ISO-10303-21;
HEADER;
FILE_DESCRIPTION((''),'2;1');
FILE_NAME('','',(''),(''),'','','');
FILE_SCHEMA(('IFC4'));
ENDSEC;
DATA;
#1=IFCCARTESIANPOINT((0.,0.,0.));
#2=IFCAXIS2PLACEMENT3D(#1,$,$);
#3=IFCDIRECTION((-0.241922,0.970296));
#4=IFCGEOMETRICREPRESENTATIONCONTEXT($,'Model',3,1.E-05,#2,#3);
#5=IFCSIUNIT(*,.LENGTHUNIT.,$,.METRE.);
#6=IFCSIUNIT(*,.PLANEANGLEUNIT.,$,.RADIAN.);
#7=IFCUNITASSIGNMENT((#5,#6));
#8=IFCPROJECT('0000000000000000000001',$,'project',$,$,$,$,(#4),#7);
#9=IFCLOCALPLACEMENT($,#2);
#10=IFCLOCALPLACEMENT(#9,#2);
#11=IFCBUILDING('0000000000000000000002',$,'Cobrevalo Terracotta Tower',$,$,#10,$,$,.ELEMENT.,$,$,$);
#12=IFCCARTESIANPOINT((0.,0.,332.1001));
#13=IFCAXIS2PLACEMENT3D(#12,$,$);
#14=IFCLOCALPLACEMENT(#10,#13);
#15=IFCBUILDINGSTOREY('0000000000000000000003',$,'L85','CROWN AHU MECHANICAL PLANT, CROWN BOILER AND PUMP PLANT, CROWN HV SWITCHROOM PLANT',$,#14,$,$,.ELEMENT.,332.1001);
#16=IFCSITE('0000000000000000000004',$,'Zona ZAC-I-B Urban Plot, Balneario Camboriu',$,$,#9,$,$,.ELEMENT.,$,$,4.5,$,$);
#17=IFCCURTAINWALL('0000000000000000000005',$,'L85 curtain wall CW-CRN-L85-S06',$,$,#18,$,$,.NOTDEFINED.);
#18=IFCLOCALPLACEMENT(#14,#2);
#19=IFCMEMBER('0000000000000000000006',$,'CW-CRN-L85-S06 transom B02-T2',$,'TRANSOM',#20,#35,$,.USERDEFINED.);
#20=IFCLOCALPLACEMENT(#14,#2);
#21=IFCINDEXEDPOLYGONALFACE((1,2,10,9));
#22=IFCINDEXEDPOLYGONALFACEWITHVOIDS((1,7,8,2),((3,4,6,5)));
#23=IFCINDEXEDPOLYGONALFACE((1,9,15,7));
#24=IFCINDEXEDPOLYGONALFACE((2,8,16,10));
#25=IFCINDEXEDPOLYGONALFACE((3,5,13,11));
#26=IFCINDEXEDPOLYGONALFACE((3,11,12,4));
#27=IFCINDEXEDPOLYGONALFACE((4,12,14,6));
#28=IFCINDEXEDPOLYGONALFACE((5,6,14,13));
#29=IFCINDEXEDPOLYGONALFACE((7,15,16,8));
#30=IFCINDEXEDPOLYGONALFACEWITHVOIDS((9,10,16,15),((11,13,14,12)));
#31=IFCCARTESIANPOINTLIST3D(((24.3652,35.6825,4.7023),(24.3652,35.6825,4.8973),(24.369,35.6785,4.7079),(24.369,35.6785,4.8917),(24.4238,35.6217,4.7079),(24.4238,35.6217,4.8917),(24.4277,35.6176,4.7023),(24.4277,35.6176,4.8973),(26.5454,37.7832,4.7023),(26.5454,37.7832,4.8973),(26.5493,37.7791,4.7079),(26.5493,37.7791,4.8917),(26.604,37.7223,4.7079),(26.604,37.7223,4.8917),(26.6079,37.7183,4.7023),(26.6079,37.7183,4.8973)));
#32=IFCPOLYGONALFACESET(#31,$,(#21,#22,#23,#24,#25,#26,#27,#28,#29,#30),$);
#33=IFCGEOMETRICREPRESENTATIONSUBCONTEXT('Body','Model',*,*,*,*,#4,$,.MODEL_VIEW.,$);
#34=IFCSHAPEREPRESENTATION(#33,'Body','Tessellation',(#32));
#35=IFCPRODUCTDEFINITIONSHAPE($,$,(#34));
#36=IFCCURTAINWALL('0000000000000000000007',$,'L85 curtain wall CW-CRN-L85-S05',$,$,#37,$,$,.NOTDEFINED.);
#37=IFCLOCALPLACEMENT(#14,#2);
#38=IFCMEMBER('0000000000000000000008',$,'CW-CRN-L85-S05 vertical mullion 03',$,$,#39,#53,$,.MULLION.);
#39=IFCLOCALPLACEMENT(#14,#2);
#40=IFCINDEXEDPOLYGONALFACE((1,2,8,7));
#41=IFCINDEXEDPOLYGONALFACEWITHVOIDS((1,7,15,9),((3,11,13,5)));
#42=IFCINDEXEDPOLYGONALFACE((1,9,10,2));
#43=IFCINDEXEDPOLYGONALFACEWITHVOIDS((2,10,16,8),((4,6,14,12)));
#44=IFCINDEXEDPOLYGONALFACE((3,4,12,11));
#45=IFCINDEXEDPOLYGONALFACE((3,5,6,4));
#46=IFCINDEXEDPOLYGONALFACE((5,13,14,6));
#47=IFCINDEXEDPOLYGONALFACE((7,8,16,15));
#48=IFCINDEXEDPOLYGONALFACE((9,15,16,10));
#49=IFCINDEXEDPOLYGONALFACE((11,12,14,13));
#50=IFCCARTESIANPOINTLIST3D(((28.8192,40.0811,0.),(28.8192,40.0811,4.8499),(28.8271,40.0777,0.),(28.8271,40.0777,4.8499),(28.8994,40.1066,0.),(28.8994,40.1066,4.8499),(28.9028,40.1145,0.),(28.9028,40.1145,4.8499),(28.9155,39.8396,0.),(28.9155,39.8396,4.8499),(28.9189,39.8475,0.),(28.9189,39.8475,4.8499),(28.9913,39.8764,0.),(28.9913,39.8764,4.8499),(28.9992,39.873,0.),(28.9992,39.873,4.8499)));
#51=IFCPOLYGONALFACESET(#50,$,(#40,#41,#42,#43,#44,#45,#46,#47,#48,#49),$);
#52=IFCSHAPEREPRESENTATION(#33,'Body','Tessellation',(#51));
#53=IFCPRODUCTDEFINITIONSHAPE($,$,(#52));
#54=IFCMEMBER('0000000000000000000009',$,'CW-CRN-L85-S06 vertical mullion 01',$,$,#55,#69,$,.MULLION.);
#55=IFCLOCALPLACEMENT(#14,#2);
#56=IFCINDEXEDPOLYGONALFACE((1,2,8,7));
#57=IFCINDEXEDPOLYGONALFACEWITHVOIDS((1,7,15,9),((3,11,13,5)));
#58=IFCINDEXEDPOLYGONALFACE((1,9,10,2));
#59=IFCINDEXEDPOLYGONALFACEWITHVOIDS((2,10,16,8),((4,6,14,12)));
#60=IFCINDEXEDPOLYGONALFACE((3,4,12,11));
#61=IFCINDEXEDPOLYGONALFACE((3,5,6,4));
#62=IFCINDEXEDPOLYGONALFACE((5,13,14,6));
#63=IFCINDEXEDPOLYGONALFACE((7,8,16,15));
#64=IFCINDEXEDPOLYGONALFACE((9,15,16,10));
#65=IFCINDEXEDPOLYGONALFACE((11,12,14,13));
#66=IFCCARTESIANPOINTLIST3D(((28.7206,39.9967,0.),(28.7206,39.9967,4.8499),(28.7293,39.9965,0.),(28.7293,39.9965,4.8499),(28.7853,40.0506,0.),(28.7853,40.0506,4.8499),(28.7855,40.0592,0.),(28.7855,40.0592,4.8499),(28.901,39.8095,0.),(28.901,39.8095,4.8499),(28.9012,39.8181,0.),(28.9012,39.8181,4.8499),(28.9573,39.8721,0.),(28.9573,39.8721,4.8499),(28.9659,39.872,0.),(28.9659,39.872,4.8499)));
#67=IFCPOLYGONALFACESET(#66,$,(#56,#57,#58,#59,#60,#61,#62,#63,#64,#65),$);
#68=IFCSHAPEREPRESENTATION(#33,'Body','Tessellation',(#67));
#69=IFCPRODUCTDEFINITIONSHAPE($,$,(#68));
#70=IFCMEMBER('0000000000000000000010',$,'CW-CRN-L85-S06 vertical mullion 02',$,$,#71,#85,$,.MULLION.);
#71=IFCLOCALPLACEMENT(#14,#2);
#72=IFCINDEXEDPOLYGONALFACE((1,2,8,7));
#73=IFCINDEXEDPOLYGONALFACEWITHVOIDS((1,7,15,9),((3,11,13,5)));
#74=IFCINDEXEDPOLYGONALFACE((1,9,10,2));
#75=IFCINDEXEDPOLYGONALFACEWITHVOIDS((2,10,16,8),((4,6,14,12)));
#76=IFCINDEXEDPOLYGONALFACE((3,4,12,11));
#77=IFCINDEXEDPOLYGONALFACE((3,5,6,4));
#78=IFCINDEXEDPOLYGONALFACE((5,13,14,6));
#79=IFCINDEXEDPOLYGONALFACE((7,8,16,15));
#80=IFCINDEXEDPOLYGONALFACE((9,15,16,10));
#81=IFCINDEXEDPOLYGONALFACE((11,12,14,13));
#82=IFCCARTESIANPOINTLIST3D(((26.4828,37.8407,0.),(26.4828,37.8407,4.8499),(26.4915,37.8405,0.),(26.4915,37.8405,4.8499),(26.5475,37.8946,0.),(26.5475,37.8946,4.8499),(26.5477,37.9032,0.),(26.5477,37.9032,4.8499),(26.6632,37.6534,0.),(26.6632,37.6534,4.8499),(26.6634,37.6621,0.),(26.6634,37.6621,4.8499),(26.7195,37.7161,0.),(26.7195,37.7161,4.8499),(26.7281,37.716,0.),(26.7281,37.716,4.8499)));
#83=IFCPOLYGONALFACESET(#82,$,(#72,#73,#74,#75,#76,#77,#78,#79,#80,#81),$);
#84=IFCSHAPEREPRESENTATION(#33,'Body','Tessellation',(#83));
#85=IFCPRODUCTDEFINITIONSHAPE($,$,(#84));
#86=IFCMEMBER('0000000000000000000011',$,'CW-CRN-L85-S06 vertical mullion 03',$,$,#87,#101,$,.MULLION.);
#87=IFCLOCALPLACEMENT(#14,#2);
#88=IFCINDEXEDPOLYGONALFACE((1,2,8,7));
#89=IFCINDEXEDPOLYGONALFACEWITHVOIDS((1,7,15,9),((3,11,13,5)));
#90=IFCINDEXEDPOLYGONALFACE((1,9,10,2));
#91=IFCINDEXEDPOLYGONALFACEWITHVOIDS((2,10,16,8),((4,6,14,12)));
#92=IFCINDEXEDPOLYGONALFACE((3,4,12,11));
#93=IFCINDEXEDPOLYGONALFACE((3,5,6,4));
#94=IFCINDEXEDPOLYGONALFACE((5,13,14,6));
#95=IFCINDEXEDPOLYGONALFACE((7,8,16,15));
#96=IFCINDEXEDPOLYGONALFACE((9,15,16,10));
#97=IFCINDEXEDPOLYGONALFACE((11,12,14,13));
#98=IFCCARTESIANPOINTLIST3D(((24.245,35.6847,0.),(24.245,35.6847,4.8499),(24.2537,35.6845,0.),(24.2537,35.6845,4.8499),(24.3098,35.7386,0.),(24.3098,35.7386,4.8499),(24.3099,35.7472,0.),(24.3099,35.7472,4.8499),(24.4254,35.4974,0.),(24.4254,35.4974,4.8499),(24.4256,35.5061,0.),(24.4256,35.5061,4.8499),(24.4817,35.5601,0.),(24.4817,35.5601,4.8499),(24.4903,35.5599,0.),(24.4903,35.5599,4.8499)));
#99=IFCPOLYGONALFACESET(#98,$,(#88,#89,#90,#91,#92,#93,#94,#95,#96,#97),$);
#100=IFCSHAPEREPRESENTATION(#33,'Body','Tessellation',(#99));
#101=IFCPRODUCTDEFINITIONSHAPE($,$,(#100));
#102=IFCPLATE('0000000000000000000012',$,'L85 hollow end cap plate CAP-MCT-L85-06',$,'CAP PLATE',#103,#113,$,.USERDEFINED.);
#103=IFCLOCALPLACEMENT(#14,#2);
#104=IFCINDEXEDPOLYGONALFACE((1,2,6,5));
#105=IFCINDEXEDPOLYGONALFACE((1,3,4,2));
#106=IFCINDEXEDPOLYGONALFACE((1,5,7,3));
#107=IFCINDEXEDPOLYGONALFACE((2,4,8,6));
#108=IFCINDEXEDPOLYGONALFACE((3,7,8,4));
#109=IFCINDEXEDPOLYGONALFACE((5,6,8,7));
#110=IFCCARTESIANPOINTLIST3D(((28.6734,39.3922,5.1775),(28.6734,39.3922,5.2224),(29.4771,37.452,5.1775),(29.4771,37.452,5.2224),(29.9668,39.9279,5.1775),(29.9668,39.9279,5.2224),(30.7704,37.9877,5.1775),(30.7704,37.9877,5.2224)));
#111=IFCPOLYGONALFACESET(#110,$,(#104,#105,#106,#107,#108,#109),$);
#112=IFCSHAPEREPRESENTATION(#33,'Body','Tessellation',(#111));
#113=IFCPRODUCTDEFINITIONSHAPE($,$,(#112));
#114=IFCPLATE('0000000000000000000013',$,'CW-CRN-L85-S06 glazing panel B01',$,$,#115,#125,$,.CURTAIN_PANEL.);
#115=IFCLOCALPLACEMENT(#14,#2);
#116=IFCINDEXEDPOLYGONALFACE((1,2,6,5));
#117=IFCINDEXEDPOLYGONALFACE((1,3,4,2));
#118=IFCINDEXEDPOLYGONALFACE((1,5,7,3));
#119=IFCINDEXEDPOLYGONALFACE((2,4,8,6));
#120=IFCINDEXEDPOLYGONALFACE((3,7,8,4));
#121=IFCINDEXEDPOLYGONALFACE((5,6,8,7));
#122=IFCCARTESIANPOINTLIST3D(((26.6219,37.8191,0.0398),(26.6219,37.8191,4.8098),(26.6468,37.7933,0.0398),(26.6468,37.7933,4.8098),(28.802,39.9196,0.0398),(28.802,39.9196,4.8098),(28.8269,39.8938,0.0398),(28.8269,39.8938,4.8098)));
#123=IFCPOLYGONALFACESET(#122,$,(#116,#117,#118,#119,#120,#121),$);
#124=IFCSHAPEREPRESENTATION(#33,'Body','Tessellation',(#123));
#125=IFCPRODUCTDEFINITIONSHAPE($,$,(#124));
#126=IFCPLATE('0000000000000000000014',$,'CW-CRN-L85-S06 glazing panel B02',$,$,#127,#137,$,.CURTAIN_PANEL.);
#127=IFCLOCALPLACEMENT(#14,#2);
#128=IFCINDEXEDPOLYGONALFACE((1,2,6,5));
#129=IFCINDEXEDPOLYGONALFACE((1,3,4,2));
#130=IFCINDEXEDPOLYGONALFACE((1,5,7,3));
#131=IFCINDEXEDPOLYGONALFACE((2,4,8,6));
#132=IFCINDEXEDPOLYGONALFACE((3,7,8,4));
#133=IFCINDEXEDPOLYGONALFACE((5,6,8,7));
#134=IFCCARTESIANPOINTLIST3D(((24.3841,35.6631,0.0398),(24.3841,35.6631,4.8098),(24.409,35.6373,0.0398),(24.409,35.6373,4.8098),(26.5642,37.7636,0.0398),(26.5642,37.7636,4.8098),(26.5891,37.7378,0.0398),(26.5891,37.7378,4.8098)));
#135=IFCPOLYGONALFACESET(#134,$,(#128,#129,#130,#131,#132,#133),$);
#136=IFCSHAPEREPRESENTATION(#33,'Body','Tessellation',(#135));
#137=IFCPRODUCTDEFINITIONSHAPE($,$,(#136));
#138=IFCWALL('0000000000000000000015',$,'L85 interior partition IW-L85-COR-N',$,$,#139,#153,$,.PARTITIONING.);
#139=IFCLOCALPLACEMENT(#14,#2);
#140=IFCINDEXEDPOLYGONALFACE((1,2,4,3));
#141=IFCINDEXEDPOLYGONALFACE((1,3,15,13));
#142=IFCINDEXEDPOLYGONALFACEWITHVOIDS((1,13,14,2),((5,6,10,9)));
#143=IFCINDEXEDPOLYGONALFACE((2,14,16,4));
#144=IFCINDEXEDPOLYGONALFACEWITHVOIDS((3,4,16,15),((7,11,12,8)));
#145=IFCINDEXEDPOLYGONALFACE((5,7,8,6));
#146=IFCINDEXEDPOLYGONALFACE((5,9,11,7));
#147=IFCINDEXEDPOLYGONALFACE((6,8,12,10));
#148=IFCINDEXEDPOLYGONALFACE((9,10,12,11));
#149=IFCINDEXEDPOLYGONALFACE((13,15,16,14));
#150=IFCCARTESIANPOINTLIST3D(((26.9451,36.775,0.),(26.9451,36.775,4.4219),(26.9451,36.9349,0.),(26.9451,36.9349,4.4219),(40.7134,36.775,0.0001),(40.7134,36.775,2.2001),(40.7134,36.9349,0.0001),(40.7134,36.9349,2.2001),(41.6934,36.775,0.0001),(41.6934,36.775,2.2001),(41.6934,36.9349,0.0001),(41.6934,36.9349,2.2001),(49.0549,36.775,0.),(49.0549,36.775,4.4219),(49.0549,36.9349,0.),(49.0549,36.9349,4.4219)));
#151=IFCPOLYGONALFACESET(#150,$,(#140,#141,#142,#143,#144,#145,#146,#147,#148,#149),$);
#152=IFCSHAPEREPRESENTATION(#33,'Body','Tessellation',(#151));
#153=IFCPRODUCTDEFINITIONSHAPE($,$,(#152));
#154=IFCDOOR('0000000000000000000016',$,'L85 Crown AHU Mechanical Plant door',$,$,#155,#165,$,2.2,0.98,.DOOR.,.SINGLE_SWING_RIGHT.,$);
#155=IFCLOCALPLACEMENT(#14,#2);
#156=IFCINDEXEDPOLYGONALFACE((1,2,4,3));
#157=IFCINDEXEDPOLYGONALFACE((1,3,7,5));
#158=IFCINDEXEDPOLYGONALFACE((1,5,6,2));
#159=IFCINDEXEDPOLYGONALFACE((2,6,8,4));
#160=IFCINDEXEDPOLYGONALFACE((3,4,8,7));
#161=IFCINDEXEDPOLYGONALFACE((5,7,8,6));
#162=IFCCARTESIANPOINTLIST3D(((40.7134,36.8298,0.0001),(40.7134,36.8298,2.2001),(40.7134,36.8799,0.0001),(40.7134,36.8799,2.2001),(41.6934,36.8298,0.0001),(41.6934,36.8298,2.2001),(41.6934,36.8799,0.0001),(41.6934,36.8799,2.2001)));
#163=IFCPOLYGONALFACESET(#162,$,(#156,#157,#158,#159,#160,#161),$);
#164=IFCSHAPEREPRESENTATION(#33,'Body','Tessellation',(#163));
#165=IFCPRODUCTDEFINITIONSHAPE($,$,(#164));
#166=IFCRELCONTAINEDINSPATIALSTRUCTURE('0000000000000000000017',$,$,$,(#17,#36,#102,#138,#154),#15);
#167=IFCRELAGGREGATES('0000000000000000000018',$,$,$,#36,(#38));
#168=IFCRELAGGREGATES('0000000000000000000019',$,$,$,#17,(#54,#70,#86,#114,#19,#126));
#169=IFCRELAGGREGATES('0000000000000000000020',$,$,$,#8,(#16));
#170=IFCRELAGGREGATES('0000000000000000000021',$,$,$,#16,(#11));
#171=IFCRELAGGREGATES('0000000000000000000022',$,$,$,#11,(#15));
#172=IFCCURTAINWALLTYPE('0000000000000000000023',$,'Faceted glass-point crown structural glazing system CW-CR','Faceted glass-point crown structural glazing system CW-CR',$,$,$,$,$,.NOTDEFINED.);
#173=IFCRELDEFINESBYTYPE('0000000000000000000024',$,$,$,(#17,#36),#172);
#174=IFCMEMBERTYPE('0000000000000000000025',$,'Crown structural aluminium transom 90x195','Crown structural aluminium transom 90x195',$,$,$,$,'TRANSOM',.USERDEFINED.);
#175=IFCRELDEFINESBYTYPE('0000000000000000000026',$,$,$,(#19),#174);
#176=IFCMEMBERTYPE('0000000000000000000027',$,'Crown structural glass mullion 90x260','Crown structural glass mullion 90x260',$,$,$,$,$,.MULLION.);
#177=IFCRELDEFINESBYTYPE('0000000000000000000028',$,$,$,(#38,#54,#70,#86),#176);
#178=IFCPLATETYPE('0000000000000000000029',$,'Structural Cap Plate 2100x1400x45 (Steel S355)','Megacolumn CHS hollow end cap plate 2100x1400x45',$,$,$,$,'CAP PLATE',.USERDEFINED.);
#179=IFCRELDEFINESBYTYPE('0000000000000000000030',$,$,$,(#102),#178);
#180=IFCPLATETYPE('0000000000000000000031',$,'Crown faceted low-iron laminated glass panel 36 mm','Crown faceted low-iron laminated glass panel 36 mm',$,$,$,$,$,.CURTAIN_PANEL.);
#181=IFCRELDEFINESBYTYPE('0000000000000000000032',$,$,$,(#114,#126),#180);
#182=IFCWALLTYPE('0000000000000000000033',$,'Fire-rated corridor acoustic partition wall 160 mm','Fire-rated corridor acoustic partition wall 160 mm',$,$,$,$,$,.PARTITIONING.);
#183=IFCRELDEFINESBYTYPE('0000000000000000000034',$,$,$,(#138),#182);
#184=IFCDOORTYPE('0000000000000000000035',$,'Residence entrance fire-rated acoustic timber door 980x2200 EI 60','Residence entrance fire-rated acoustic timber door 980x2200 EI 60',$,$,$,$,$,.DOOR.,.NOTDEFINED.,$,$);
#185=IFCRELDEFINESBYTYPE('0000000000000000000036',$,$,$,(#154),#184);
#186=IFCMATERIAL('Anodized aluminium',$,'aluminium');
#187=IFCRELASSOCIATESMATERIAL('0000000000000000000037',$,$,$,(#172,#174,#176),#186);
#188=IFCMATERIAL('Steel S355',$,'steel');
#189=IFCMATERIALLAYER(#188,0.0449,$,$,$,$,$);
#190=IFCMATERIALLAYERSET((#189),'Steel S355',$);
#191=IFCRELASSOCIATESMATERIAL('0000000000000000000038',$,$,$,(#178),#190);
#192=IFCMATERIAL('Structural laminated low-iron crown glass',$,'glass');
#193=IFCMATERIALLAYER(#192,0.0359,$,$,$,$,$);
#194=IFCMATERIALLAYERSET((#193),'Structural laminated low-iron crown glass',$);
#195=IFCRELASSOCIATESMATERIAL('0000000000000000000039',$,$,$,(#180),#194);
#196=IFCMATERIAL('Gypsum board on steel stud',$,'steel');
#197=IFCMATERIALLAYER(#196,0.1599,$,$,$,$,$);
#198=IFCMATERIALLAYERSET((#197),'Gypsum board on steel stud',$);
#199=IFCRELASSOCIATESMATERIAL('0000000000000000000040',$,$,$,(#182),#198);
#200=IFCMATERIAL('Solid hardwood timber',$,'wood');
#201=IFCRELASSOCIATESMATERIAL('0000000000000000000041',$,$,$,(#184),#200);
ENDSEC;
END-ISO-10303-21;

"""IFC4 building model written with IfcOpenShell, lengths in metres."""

from ifc_helpers import new_model, si_unit, direction, frame, frame_2d, origin, origin_2d, place, context, subcontext, project, spatial, rectangle, hollow_rectangle, extrude, source, transform, mapped, material, layer, layer_set, material_profile, profile_set, type_object, element, fill, aggregate, save


model = new_model("IFC4")

# Units and contexts
model_context = context("Model", 3, precision=1e-05, world=origin(), true_north=direction((-0.241922, 0.970296)))
body_context = subcontext(model_context, "Body", "Model", "MODEL_VIEW")
ifc_project = project(units=[si_unit("LENGTHUNIT", "METRE"), si_unit("PLANEANGLEUNIT", "RADIAN")], contexts=[model_context])

# Site, building, storey
site_placement = place(None, origin())
site = spatial("IfcSite", under=ifc_project, at=site_placement, Name="Zona ZAC-I-B Urban Plot, Balneario Camboriu", CompositionType="ELEMENT", RefElevation=4.5)
building_placement = place(site_placement, origin())
building = spatial("IfcBuilding", under=site, at=building_placement, Name="Cobrevalo Terracotta Tower", CompositionType="ELEMENT")
storey_placement = place(building_placement, frame((0.0, 0.0, 332.1001)))
storey = spatial("IfcBuildingStorey", under=building, at=storey_placement, Name="L85", Description="CROWN AHU MECHANICAL PLANT, CROWN BOILER AND PUMP PLANT, CROWN HV SWITCHROOM PLANT", CompositionType="ELEMENT", Elevation=332.1001)

# Shared definitions
ifc_material_1 = material(Name="Steel S355", Category="steel")

# Curtain wall, member
ifc_material_2 = material(Name="Anodized aluminium", Category="aluminium")
curtain_wall_type = type_object("IfcCurtainWallType", Name="Faceted glass-point crown structural glazing system CW-CR", Description="Faceted glass-point crown structural glazing system CW-CR", PredefinedType="NOTDEFINED", material=ifc_material_2)
curtain_wall_1_placement = place(storey_placement, origin())
curtain_wall_1 = element("IfcCurtainWall", 1, at=curtain_wall_1_placement, inside=storey, type_object=curtain_wall_type, Name="L85 curtain wall CW-CRN-L85-S06", PredefinedType="NOTDEFINED")
ifc_material_profile_1 = material_profile(ifc_material_2, hollow_rectangle(XDim=0.0901, YDim=0.1951, WallThickness=0.0056, at=origin_2d()), Name="CWT 90x195")
ifc_profile_set_1 = profile_set([ifc_material_profile_1], Name="Anodized aluminium")
member_type_1 = type_object("IfcMemberType", Name="Crown structural aluminium transom 90x195", Description="Crown structural aluminium transom 90x195", ElementType="TRANSOM", PredefinedType="USERDEFINED", material=ifc_profile_set_1)
shared_shape_1 = source(origin(), body_context, "Body", "SweptSolid", [
    extrude(hollow_rectangle(XDim=0.0901, YDim=0.1951, WallThickness=0.0056, at=origin_2d()), origin(), (0.0, 0.0, 1.0), 3.0276),
])
member_1_placement = place(storey_placement, frame((26.5767, 37.7507, 4.7998), z_axis=(-0.720129, -0.69384, 0.0), x_axis=(0.69384, -0.720129, 0.0)))
member_1 = element("IfcMember", 2, at=member_1_placement, type_object=member_type_1, Name="CW-CRN-L85-S06 transom B02-T2", ObjectType="TRANSOM", PredefinedType="USERDEFINED", context=body_context, shape_type="MappedRepresentation", body=[
    mapped(shared_shape_1, transform((0.0, 0.0, 0.0), scale=1.0)),
])

# Curtain wall, member
curtain_wall_2_placement = place(storey_placement, origin())
curtain_wall_2 = element("IfcCurtainWall", 3, at=curtain_wall_2_placement, inside=storey, type_object=curtain_wall_type, Name="L85 curtain wall CW-CRN-L85-S05", PredefinedType="NOTDEFINED")
ifc_material_profile_2 = material_profile(ifc_material_2, hollow_rectangle(XDim=0.0901, YDim=0.26, WallThickness=0.0061, at=origin_2d()), Name="CWM 90x260")
ifc_profile_set_2 = profile_set([ifc_material_profile_2], Name="Anodized aluminium")
member_type_2 = type_object("IfcMemberType", Name="Crown structural glass mullion 90x260", Description="Crown structural glass mullion 90x260", PredefinedType="MULLION", material=ifc_profile_set_2)
shared_shape_2 = source(origin(), body_context, "Body", "SweptSolid", [
    extrude(hollow_rectangle(XDim=0.0901, YDim=0.26, WallThickness=0.0061, at=origin_2d()), origin(), (0.0, 0.0, 1.0), 4.8499),
])
member_2_placement = place(storey_placement, frame((28.9092, 39.9771, 0.0), z_axis=(0.0, 0.0, 1.0), x_axis=(-0.928771, -0.370655, 0.0)))
member_2 = element("IfcMember", 4, at=member_2_placement, type_object=member_type_2, Name="CW-CRN-L85-S05 vertical mullion 03", PredefinedType="MULLION", context=body_context, shape_type="MappedRepresentation", body=[
    mapped(shared_shape_2, transform((0.0, 0.0, 0.0), scale=1.0)),
])
aggregate(curtain_wall_2, [member_2])

# Members
member_3_placement = place(storey_placement, frame((28.8433, 39.9343, 0.0), z_axis=(0.0, 0.0, 1.0), x_axis=(-0.72014, -0.693829, 0.0)))
member_3 = element("IfcMember", 5, at=member_3_placement, type_object=member_type_2, Name="CW-CRN-L85-S06 vertical mullion 01", PredefinedType="MULLION", context=body_context, shape_type="MappedRepresentation", body=[
    mapped(shared_shape_2, transform((0.0, 0.0, 0.0), scale=1.0)),
])
member_4_placement = place(storey_placement, frame((26.6055, 37.7783, 0.0), z_axis=(0.0, 0.0, 1.0), x_axis=(-0.72014, -0.693829, 0.0)))
member_4 = element("IfcMember", 6, at=member_4_placement, type_object=member_type_2, Name="CW-CRN-L85-S06 vertical mullion 02", PredefinedType="MULLION", context=body_context, shape_type="MappedRepresentation", body=[
    mapped(shared_shape_2, transform((0.0, 0.0, 0.0), scale=1.0)),
])
member_5_placement = place(storey_placement, frame((24.3677, 35.6223, 0.0), z_axis=(0.0, 0.0, 1.0), x_axis=(-0.72014, -0.693829, 0.0)))
member_5 = element("IfcMember", 7, at=member_5_placement, type_object=member_type_2, Name="CW-CRN-L85-S06 vertical mullion 03", PredefinedType="MULLION", context=body_context, shape_type="MappedRepresentation", body=[
    mapped(shared_shape_2, transform((0.0, 0.0, 0.0), scale=1.0)),
])

# Plates
ifc_layer_1 = layer(ifc_material_1, 0.0449)
ifc_layer_set_1 = layer_set([ifc_layer_1], Name="Steel S355")
plate_type_1 = type_object("IfcPlateType", Name="Structural Cap Plate 2100x1400x45 (Steel S355)", Description="Megacolumn CHS hollow end cap plate 2100x1400x45", ElementType="CAP PLATE", PredefinedType="USERDEFINED", material=ifc_layer_set_1)
shared_shape_3 = source(origin(), body_context, "Body", "SweptSolid", [
    extrude(rectangle(XDim=2.1001, YDim=1.3999, at=origin_2d()), origin(), (0.0, 0.0, 1.0), 0.0449),
])
plate_1_placement = place(storey_placement, frame((29.7219, 38.6899, 5.1775), z_axis=(0.0, 0.0, 1.0), x_axis=(-0.382683, 0.92388, 0.0)))
element("IfcPlate", 8, at=plate_1_placement, inside=storey, type_object=plate_type_1, Name="L85 hollow end cap plate CAP-MCT-L85-06", ObjectType="CAP PLATE", PredefinedType="USERDEFINED", context=body_context, shape_type="MappedRepresentation", body=[
    mapped(shared_shape_3, transform((0.0, 0.0, 0.0), scale=1.0)),
])
ifc_material_3 = material(Name="Structural laminated low-iron crown glass", Category="glass")
ifc_layer_2 = layer(ifc_material_3, 0.0359)
ifc_layer_set_2 = layer_set([ifc_layer_2], Name="Structural laminated low-iron crown glass")
plate_type_2 = type_object("IfcPlateType", Name="Crown faceted low-iron laminated glass panel 36 mm", Description="Crown faceted low-iron laminated glass panel 36 mm", PredefinedType="CURTAIN_PANEL", material=ifc_layer_set_2)
shared_shape_4 = source(origin(), body_context, "Body", "SweptSolid", [
    extrude(rectangle(XDim=3.0273, YDim=0.0359, at=origin_2d()), origin(), (0.0, 0.0, 1.0), 4.77),
])
plate_2_placement = place(storey_placement, frame((27.7244, 38.8564, 0.0398), z_axis=(0.0, 0.0, 1.0), x_axis=(-0.720133, -0.693836, 0.0)))
plate_2 = element("IfcPlate", 9, at=plate_2_placement, type_object=plate_type_2, Name="CW-CRN-L85-S06 glazing panel B01", PredefinedType="CURTAIN_PANEL", context=body_context, shape_type="MappedRepresentation", body=[
    mapped(shared_shape_4, transform((0.0, 0.0, 0.0), scale=1.0)),
])
plate_3_placement = place(storey_placement, frame((25.4866, 36.7004, 0.0398), z_axis=(0.0, 0.0, 1.0), x_axis=(-0.720133, -0.693836, 0.0)))
plate_3 = element("IfcPlate", 10, at=plate_3_placement, type_object=plate_type_2, Name="CW-CRN-L85-S06 glazing panel B02", PredefinedType="CURTAIN_PANEL", context=body_context, shape_type="MappedRepresentation", body=[
    mapped(shared_shape_4, transform((0.0, 0.0, 0.0), scale=1.0)),
])
aggregate(curtain_wall_1, [member_3, member_4, member_5, plate_2, member_1, plate_3])

# Wall, opening, door
ifc_material_4 = material(Name="Gypsum board on steel stud", Category="steel")
ifc_layer_3 = layer(ifc_material_4, 0.1599)
ifc_layer_set_3 = layer_set([ifc_layer_3], Name="Gypsum board on steel stud")
wall_type = type_object("IfcWallType", Name="Fire-rated corridor acoustic partition wall 160 mm", Description="Fire-rated corridor acoustic partition wall 160 mm", PredefinedType="PARTITIONING", material=ifc_layer_set_3)
wall_placement = place(storey_placement, frame((26.9451, 36.855, 0.0), z_axis=(0.0, 0.0, 1.0), x_axis=(1.0, 0.0, 0.0)))
wall = element("IfcWall", 11, at=wall_placement, inside=storey, type_object=wall_type, Name="L85 interior partition IW-L85-COR-N", PredefinedType="PARTITIONING", context=body_context, shape_type="SweptSolid", body=[
    extrude(rectangle(XDim=22.1099, YDim=0.1599, at=frame_2d((11.0549, 0.0))), origin(), (0.0, 0.0, 1.0), 4.4219),
])
opening_placement = place(wall_placement, frame((13.7683, 0.0, 0.0)))
opening = element("IfcOpeningElement", 12, at=opening_placement, cuts=wall, PredefinedType="OPENING", context=body_context, shape_type="SweptSolid", body=[
    extrude(rectangle(XDim=0.98, YDim=2.2, at=frame_2d((0.49, 1.1001))), frame((0.0, 0.0898, 0.0), z_axis=(0.0, -1.0, 0.0), x_axis=(1.0, 0.0, 0.0)), (0.0, 0.0, 1.0), 0.1799),
])
ifc_material_5 = material(Name="Solid hardwood timber", Category="wood")
door_type = type_object("IfcDoorType", Name="Residence entrance fire-rated acoustic timber door 980x2200 EI 60", Description="Residence entrance fire-rated acoustic timber door 980x2200 EI 60", OperationType="NOTDEFINED", PredefinedType="DOOR", material=ifc_material_5)
shared_shape_5 = source(origin(), body_context, "Body", "SweptSolid", [
    extrude(rectangle(XDim=0.98, YDim=2.2, at=frame_2d((0.49, 1.1001))), frame((0.0, 0.0249, 0.0), z_axis=(0.0, -1.0, 0.0), x_axis=(1.0, 0.0, 0.0)), (0.0, 0.0, 1.0), 0.05),
])
door_placement = place(opening_placement, origin())
door = element("IfcDoor", 13, at=door_placement, inside=storey, type_object=door_type, Name="L85 Crown AHU Mechanical Plant door", OperationType="SINGLE_SWING_RIGHT", OverallHeight=2.2, OverallWidth=0.98, PredefinedType="DOOR", context=body_context, shape_type="MappedRepresentation", body=[
    mapped(shared_shape_5, transform((0.0, 0.0, 0.0), scale=1.0)),
])
fill(opening, door)

save(model, "model.ifc")
